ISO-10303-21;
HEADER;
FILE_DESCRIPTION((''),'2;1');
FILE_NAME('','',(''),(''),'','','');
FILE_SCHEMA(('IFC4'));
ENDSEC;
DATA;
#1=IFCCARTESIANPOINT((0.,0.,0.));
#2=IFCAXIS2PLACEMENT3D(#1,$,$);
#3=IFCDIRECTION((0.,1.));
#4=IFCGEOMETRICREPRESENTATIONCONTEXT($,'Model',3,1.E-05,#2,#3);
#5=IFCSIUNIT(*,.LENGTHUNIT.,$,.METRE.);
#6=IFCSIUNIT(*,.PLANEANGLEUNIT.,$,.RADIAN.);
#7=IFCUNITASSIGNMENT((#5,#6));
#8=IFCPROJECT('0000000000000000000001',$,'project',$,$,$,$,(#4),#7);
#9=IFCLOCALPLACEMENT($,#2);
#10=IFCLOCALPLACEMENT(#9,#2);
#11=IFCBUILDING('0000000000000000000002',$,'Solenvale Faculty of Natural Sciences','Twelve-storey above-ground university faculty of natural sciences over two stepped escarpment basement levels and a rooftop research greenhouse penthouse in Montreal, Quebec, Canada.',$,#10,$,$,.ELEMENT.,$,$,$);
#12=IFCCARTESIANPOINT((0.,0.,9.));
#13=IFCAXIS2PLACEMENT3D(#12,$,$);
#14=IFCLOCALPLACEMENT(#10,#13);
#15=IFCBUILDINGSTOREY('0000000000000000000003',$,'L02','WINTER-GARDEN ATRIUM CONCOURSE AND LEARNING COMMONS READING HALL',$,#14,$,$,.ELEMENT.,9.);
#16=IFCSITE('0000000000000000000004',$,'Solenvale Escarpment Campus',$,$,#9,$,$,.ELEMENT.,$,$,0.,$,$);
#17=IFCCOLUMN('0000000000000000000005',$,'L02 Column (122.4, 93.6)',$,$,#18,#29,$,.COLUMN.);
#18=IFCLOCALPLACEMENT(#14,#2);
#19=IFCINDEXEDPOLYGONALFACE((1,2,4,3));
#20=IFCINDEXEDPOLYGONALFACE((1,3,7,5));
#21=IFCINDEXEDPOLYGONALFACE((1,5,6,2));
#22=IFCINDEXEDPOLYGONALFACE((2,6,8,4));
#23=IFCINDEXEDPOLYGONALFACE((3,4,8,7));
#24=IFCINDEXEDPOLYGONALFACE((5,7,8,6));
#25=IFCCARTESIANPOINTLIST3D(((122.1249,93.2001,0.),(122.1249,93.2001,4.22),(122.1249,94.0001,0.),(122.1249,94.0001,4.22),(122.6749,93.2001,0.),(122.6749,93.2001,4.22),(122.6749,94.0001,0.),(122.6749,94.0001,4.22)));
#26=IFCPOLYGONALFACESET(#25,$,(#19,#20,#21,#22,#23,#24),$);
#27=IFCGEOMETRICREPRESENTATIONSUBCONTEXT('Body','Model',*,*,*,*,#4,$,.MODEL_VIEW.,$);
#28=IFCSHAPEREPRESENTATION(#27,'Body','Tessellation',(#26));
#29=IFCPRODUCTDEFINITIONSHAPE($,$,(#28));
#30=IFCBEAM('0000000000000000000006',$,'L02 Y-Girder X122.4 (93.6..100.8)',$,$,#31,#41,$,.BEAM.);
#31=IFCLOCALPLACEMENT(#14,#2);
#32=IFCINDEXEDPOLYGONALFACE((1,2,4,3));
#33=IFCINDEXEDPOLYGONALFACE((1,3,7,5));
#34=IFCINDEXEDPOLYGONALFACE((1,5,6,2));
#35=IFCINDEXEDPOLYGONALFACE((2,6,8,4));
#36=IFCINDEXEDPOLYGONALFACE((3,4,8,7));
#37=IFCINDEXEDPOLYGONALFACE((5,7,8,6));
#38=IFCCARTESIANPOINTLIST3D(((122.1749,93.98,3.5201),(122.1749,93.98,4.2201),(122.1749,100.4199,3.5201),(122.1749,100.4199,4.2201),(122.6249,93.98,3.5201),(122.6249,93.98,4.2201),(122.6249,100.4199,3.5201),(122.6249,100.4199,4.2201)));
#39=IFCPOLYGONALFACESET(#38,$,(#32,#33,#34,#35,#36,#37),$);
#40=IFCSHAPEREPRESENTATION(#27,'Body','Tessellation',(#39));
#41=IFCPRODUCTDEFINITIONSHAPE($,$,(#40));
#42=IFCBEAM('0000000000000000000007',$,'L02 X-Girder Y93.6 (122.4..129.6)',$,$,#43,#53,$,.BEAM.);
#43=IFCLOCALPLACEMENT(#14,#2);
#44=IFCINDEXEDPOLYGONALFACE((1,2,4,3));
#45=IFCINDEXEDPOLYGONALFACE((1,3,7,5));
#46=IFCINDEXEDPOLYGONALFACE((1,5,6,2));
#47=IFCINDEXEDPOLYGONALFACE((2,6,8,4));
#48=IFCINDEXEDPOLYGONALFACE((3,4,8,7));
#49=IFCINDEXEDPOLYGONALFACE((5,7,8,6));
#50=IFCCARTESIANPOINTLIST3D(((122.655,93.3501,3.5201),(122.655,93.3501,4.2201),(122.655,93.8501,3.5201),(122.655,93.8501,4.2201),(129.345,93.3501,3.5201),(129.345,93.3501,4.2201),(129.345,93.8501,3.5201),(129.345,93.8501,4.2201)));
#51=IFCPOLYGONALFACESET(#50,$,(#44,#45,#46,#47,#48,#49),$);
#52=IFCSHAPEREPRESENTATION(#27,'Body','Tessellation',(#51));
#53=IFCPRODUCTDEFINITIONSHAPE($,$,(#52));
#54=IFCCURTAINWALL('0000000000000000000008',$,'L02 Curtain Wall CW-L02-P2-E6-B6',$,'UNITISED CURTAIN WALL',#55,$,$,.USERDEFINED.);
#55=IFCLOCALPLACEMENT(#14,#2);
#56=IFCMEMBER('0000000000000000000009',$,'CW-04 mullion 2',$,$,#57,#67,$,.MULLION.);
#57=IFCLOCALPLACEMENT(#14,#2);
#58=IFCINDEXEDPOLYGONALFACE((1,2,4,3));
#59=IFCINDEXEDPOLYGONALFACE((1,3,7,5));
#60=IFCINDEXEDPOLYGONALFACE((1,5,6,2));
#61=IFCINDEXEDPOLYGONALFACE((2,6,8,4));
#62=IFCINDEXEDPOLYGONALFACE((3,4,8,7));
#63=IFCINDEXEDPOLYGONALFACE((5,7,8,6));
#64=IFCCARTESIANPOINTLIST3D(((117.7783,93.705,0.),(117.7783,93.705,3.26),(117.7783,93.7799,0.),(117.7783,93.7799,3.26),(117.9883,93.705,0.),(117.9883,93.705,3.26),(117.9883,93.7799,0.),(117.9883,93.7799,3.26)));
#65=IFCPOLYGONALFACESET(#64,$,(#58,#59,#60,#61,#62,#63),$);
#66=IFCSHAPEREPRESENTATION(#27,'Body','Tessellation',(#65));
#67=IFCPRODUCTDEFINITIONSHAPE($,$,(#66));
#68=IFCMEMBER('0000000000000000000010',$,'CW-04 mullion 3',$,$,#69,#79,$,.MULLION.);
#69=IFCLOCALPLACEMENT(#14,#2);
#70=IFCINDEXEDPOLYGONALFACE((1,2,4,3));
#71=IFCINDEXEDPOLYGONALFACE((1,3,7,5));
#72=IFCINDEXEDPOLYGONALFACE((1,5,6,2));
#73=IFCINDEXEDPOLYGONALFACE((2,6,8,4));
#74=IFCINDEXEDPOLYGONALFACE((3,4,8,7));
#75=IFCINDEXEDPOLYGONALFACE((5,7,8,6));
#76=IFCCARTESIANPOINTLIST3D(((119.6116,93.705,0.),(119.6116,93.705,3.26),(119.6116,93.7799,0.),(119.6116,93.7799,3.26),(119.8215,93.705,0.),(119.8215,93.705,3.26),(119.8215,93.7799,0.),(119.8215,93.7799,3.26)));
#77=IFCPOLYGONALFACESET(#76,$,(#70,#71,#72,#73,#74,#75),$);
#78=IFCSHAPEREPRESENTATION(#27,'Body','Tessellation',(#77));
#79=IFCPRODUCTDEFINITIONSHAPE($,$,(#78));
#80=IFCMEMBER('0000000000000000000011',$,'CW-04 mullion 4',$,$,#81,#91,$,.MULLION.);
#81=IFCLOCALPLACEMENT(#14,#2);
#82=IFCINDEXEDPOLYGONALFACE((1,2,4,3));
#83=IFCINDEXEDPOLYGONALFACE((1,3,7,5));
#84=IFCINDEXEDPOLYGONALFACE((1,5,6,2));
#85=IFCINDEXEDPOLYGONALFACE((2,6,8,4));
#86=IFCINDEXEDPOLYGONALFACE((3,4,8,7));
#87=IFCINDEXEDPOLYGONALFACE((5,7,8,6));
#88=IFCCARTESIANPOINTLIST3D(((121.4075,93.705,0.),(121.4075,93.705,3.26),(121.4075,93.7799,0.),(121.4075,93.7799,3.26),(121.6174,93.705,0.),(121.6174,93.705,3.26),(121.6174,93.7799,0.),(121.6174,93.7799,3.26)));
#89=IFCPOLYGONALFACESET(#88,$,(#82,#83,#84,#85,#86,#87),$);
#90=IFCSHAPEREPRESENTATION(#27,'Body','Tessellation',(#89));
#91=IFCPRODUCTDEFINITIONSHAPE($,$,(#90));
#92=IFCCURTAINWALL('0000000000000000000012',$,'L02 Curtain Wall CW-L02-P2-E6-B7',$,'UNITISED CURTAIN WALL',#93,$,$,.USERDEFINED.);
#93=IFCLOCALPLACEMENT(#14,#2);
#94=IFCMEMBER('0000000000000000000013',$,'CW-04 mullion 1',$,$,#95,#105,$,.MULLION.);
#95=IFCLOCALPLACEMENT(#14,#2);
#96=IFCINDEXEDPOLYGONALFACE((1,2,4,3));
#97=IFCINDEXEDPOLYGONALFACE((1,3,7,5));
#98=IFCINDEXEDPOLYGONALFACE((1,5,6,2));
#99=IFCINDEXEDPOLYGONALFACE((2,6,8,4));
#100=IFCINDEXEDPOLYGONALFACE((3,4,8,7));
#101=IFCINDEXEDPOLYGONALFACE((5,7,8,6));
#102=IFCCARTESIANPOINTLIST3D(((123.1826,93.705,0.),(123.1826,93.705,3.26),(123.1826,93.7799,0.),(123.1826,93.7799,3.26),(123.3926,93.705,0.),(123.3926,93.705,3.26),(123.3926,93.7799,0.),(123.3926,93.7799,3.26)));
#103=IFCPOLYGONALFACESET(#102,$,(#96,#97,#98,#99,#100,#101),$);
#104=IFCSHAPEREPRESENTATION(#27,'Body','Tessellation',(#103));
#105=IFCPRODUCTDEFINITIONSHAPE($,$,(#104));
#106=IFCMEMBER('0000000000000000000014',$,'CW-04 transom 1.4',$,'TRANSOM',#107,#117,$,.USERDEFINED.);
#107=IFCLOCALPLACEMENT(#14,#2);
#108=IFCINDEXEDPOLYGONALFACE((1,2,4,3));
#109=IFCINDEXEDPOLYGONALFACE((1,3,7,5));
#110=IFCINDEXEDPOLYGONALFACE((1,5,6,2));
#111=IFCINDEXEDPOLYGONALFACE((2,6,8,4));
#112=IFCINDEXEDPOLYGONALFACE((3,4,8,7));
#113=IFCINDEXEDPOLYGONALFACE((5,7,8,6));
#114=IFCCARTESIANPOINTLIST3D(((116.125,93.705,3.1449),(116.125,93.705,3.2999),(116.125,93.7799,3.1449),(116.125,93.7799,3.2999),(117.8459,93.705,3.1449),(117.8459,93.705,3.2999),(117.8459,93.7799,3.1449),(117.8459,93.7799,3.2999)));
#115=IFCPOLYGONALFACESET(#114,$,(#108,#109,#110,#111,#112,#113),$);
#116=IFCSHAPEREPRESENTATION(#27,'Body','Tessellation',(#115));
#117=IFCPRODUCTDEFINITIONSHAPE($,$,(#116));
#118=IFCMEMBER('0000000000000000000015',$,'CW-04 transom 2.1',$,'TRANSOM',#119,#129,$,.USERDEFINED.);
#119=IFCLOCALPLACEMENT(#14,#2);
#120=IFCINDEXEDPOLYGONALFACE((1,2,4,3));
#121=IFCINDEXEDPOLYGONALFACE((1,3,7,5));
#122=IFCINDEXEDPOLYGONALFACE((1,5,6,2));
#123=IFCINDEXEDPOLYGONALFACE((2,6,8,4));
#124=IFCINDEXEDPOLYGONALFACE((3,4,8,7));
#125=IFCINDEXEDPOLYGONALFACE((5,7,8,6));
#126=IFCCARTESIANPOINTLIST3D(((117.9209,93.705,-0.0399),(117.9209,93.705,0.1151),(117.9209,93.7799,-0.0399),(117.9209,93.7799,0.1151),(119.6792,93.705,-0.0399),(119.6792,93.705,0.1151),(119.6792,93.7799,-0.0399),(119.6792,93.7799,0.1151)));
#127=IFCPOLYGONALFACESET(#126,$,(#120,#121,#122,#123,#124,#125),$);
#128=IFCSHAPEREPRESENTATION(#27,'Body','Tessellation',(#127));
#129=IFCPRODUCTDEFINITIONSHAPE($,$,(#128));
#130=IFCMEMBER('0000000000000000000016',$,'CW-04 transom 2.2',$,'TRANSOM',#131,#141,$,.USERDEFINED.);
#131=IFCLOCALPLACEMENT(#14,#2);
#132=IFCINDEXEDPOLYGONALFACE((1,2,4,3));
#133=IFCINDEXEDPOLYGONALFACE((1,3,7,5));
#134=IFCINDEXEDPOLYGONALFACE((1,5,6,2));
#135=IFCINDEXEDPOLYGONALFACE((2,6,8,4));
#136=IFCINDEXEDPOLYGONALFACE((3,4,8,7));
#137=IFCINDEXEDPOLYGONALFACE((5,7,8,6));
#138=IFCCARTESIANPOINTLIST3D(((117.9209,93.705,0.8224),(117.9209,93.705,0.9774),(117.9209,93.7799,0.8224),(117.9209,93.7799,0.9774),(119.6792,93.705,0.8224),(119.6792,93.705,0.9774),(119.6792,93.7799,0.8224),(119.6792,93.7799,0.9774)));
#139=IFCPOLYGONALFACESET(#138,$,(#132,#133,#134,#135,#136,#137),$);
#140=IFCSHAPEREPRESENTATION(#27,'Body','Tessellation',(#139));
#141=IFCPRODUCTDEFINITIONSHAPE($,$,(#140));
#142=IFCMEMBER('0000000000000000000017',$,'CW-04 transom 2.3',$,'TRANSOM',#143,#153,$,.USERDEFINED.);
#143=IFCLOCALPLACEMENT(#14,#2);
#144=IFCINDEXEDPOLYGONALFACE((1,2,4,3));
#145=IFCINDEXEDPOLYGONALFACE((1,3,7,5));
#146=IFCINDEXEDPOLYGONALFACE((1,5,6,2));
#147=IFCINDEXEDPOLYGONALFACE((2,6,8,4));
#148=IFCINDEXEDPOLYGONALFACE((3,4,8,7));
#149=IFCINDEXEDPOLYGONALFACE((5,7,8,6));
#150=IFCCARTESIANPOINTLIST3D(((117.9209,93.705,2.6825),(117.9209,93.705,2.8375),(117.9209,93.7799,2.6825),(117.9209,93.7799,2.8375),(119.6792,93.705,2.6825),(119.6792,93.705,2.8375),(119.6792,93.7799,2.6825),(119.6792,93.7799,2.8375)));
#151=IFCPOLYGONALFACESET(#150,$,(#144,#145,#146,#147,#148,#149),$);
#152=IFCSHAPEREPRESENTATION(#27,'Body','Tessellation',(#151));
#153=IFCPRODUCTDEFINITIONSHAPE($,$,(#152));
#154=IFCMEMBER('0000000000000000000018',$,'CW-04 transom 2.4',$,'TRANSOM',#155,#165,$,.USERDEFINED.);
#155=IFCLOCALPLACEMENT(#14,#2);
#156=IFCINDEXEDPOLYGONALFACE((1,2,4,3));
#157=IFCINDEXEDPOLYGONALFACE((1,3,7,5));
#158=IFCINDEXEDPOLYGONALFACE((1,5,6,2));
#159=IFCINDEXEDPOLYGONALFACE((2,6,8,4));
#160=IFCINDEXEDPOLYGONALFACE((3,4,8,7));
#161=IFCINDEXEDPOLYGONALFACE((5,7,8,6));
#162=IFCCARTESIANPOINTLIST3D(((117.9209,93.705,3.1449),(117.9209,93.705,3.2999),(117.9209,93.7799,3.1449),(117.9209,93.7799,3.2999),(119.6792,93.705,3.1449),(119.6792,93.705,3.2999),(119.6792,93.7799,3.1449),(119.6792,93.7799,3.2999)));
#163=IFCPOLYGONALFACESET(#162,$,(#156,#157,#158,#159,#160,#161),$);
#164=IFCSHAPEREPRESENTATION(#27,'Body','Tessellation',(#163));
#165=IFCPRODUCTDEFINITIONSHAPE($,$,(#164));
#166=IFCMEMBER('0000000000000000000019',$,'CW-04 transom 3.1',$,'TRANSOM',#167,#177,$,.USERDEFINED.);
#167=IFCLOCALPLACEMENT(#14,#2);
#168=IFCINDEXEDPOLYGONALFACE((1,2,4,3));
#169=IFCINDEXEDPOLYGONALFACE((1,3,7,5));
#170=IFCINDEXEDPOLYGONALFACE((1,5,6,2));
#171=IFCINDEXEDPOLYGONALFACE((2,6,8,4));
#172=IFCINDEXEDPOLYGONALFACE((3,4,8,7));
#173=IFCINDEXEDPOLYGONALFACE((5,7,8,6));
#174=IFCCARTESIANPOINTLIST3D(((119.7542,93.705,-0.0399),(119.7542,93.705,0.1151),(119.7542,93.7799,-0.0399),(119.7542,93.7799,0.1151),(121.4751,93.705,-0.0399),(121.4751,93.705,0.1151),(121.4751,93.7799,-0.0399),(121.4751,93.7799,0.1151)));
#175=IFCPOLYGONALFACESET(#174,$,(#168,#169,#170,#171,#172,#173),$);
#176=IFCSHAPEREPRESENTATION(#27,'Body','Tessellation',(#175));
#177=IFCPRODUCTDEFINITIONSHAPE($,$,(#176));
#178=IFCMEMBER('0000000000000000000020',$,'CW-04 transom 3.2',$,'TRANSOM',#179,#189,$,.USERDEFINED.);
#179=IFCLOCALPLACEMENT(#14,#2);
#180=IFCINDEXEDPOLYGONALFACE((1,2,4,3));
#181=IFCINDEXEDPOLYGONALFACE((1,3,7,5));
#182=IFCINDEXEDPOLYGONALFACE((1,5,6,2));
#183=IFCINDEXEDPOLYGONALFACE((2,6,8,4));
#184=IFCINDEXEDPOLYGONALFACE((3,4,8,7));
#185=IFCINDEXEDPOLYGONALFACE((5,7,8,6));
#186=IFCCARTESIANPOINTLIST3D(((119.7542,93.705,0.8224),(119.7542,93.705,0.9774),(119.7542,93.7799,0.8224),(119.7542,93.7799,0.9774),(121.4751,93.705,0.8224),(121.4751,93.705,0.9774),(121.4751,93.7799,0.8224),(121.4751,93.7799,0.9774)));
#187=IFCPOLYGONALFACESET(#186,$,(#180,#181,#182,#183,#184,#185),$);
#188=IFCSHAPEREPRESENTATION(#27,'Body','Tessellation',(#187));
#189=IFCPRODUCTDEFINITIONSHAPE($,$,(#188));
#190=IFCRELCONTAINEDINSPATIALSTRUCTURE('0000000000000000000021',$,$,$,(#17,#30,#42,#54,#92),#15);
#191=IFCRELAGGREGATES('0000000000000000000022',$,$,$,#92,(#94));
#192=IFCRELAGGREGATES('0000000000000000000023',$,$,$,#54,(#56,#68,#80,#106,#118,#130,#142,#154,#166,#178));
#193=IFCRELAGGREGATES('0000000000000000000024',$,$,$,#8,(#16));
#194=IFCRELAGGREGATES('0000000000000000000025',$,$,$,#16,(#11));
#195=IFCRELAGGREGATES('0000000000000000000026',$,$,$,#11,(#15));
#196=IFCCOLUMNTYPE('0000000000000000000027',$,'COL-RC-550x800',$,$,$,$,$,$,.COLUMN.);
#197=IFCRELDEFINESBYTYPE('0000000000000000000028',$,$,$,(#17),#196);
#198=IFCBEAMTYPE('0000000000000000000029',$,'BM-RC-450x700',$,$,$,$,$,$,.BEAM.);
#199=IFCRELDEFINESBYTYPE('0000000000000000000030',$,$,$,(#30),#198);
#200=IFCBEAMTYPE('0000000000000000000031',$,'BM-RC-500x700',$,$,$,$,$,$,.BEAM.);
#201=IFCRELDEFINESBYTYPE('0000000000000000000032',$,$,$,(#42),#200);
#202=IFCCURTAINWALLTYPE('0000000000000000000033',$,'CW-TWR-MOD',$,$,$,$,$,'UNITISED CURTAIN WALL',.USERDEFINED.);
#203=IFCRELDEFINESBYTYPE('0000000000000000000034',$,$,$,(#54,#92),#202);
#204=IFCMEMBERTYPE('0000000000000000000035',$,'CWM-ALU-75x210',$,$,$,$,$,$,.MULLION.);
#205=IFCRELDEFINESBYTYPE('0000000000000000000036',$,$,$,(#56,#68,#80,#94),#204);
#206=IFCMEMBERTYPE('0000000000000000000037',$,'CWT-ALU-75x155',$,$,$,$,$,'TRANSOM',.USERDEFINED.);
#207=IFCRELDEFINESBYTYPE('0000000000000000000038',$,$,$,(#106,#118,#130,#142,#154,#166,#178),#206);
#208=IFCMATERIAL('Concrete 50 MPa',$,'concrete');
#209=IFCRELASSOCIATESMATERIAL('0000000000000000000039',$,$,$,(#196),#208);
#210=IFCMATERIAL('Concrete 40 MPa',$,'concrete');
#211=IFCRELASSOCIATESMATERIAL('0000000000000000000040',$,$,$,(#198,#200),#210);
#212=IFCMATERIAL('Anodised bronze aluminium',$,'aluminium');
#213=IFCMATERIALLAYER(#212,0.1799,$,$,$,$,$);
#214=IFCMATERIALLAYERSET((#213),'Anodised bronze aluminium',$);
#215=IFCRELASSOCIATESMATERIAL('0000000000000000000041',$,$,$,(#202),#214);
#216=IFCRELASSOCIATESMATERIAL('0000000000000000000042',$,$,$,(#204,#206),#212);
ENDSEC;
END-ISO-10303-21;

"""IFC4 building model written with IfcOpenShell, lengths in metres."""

from ifc_helpers import new_model, si_unit, direction, frame, origin, origin_2d, place, context, subcontext, project, spatial, rectangle, extrude, material, layer, layer_set, material_profile, profile_set, type_object, element, aggregate, save


model = new_model("IFC4")

# Units and contexts
model_context = context("Model", 3, precision=1e-05, world=origin(), true_north=direction((0.0, 1.0)))
body_context = subcontext(model_context, "Body", "Model", "MODEL_VIEW")
ifc_project = project(units=[si_unit("LENGTHUNIT", "METRE"), si_unit("PLANEANGLEUNIT", "RADIAN")], contexts=[model_context])

# Site, building, storey
site_placement = place(None, origin())
site = spatial("IfcSite", under=ifc_project, at=site_placement, Name="Solenvale Escarpment Campus", CompositionType="ELEMENT", RefElevation=0.0)
building_placement = place(site_placement, origin())
building = spatial("IfcBuilding", under=site, at=building_placement, Name="Solenvale Faculty of Natural Sciences", Description="Twelve-storey above-ground university faculty of natural sciences over two stepped escarpment basement levels and a rooftop research greenhouse penthouse in Montreal, Quebec, Canada.", CompositionType="ELEMENT")
storey_placement = place(building_placement, frame((0.0, 0.0, 9.0)))
storey = spatial("IfcBuildingStorey", under=building, at=storey_placement, Name="L02", Description="WINTER-GARDEN ATRIUM CONCOURSE AND LEARNING COMMONS READING HALL", CompositionType="ELEMENT", Elevation=9.0)

# Column
ifc_material_1 = material(Name="Concrete 50 MPa", Category="concrete")
ifc_material_profile_1 = material_profile(ifc_material_1, rectangle(XDim=0.55, YDim=0.8, at=origin_2d()), Name="RC-COL-550x800")
ifc_profile_set_1 = profile_set([ifc_material_profile_1], Name="Concrete 50 MPa")
column_type = type_object("IfcColumnType", Name="COL-RC-550x800", PredefinedType="COLUMN", material=ifc_profile_set_1)
column_placement = place(storey_placement, frame((122.3999, 93.6001, 0.0), z_axis=(0.0, 0.0, 1.0), x_axis=(1.0, 0.0, 0.0)))
element("IfcColumn", 1, at=column_placement, inside=storey, type_object=column_type, Name="L02 Column (122.4, 93.6)", PredefinedType="COLUMN", context=body_context, shape_type="SweptSolid", body=[
    extrude(rectangle(XDim=0.55, YDim=0.8, at=origin_2d()), origin(), (0.0, 0.0, 1.0), 4.22),
])

# Beams
ifc_material_2 = material(Name="Concrete 40 MPa", Category="concrete")
ifc_material_profile_2 = material_profile(ifc_material_2, rectangle(XDim=0.45, YDim=0.7, at=origin_2d()), Name="RC-BM-450x700")
ifc_profile_set_2 = profile_set([ifc_material_profile_2], Name="Concrete 40 MPa")
beam_type_1 = type_object("IfcBeamType", Name="BM-RC-450x700", PredefinedType="BEAM", material=ifc_profile_set_2)
beam_1_placement = place(storey_placement, frame((122.3999, 93.98, 3.8701), z_axis=(0.0, 1.0, 0.0), x_axis=(-1.0, 0.0, 0.0)))
element("IfcBeam", 2, at=beam_1_placement, inside=storey, type_object=beam_type_1, Name="L02 Y-Girder X122.4 (93.6..100.8)", PredefinedType="BEAM", context=body_context, shape_type="SweptSolid", body=[
    extrude(rectangle(XDim=0.45, YDim=0.7, at=origin_2d()), origin(), (0.0, 0.0, 1.0), 6.4399),
])
ifc_material_profile_3 = material_profile(ifc_material_2, rectangle(XDim=0.5, YDim=0.7, at=origin_2d()), Name="RC-BM-500x700")
ifc_profile_set_3 = profile_set([ifc_material_profile_3], Name="Concrete 40 MPa")
beam_type_2 = type_object("IfcBeamType", Name="BM-RC-500x700", PredefinedType="BEAM", material=ifc_profile_set_3)
beam_2_placement = place(storey_placement, frame((122.655, 93.6001, 3.8701), z_axis=(1.0, 0.0, 0.0), x_axis=(0.0, 1.0, 0.0)))
element("IfcBeam", 3, at=beam_2_placement, inside=storey, type_object=beam_type_2, Name="L02 X-Girder Y93.6 (122.4..129.6)", PredefinedType="BEAM", context=body_context, shape_type="SweptSolid", body=[
    extrude(rectangle(XDim=0.5, YDim=0.7, at=origin_2d()), origin(), (0.0, 0.0, 1.0), 6.6899),
])

# Curtain wall, members
ifc_material_3 = material(Name="Anodised bronze aluminium", Category="aluminium")
ifc_layer_1 = layer(ifc_material_3, 0.1799)
ifc_layer_set_1 = layer_set([ifc_layer_1], Name="Anodised bronze aluminium")
curtain_wall_type = type_object("IfcCurtainWallType", Name="CW-TWR-MOD", ElementType="UNITISED CURTAIN WALL", PredefinedType="USERDEFINED", material=ifc_layer_set_1)
curtain_wall_1_placement = place(storey_placement, origin())
curtain_wall_1 = element("IfcCurtainWall", 4, at=curtain_wall_1_placement, inside=storey, type_object=curtain_wall_type, Name="L02 Curtain Wall CW-L02-P2-E6-B6", ObjectType="UNITISED CURTAIN WALL", PredefinedType="USERDEFINED")
ifc_material_profile_4 = material_profile(ifc_material_3, rectangle(XDim=0.075, YDim=0.21, at=origin_2d()), Name="ALU-MUL-75x210")
ifc_profile_set_4 = profile_set([ifc_material_profile_4], Name="Anodised bronze aluminium")
member_type_1 = type_object("IfcMemberType", Name="CWM-ALU-75x210", PredefinedType="MULLION", material=ifc_profile_set_4)
member_1_placement = place(storey_placement, frame((117.8833, 93.7424, 0.0), z_axis=(0.0, 0.0, 1.0), x_axis=(0.0, 1.0, 0.0)))
member_1 = element("IfcMember", 5, at=member_1_placement, type_object=member_type_1, Name="CW-04 mullion 2", PredefinedType="MULLION", context=body_context, shape_type="SweptSolid", body=[
    extrude(rectangle(XDim=0.075, YDim=0.21, at=origin_2d()), origin(), (0.0, 0.0, 1.0), 3.26),
])
member_2_placement = place(storey_placement, frame((119.7166, 93.7424, 0.0), z_axis=(0.0, 0.0, 1.0), x_axis=(0.0, 1.0, 0.0)))
member_2 = element("IfcMember", 6, at=member_2_placement, type_object=member_type_1, Name="CW-04 mullion 3", PredefinedType="MULLION", context=body_context, shape_type="SweptSolid", body=[
    extrude(rectangle(XDim=0.075, YDim=0.21, at=origin_2d()), origin(), (0.0, 0.0, 1.0), 3.26),
])
member_3_placement = place(storey_placement, frame((121.5125, 93.7424, 0.0), z_axis=(0.0, 0.0, 1.0), x_axis=(0.0, 1.0, 0.0)))
member_3 = element("IfcMember", 7, at=member_3_placement, type_object=member_type_1, Name="CW-04 mullion 4", PredefinedType="MULLION", context=body_context, shape_type="SweptSolid", body=[
    extrude(rectangle(XDim=0.075, YDim=0.21, at=origin_2d()), origin(), (0.0, 0.0, 1.0), 3.26),
])

# Curtain wall, member
curtain_wall_2_placement = place(storey_placement, origin())
curtain_wall_2 = element("IfcCurtainWall", 8, at=curtain_wall_2_placement, inside=storey, type_object=curtain_wall_type, Name="L02 Curtain Wall CW-L02-P2-E6-B7", ObjectType="UNITISED CURTAIN WALL", PredefinedType="USERDEFINED")
member_4_placement = place(storey_placement, frame((123.2876, 93.7424, 0.0), z_axis=(0.0, 0.0, 1.0), x_axis=(0.0, 1.0, 0.0)))
member_4 = element("IfcMember", 9, at=member_4_placement, type_object=member_type_1, Name="CW-04 mullion 1", PredefinedType="MULLION", context=body_context, shape_type="SweptSolid", body=[
    extrude(rectangle(XDim=0.075, YDim=0.21, at=origin_2d()), origin(), (0.0, 0.0, 1.0), 3.26),
])

# Members
ifc_material_profile_5 = material_profile(ifc_material_3, rectangle(XDim=0.075, YDim=0.155, at=origin_2d()), Name="ALU-TRN-75x155")
ifc_profile_set_5 = profile_set([ifc_material_profile_5], Name="Anodised bronze aluminium")
member_type_2 = type_object("IfcMemberType", Name="CWT-ALU-75x155", ElementType="TRANSOM", PredefinedType="USERDEFINED", material=ifc_profile_set_5)
member_5_placement = place(storey_placement, frame((116.125, 93.7424, 3.2224), z_axis=(1.0, 0.0, 0.0), x_axis=(0.0, 1.0, 0.0)))
member_5 = element("IfcMember", 10, at=member_5_placement, type_object=member_type_2, Name="CW-04 transom 1.4", ObjectType="TRANSOM", PredefinedType="USERDEFINED", context=body_context, shape_type="SweptSolid", body=[
    extrude(rectangle(XDim=0.075, YDim=0.155, at=origin_2d()), origin(), (0.0, 0.0, 1.0), 1.7209),
])
member_6_placement = place(storey_placement, frame((117.9209, 93.7424, 0.0376), z_axis=(1.0, 0.0, 0.0), x_axis=(0.0, 1.0, 0.0)))
member_6 = element("IfcMember", 11, at=member_6_placement, type_object=member_type_2, Name="CW-04 transom 2.1", ObjectType="TRANSOM", PredefinedType="USERDEFINED", context=body_context, shape_type="SweptSolid", body=[
    extrude(rectangle(XDim=0.075, YDim=0.155, at=origin_2d()), origin(), (0.0, 0.0, 1.0), 1.7583),
])
member_7_placement = place(storey_placement, frame((117.9209, 93.7424, 0.8999), z_axis=(1.0, 0.0, 0.0), x_axis=(0.0, 1.0, 0.0)))
member_7 = element("IfcMember", 12, at=member_7_placement, type_object=member_type_2, Name="CW-04 transom 2.2", ObjectType="TRANSOM", PredefinedType="USERDEFINED", context=body_context, shape_type="SweptSolid", body=[
    extrude(rectangle(XDim=0.075, YDim=0.155, at=origin_2d()), origin(), (0.0, 0.0, 1.0), 1.7583),
])
member_8_placement = place(storey_placement, frame((117.9209, 93.7424, 2.76), z_axis=(1.0, 0.0, 0.0), x_axis=(0.0, 1.0, 0.0)))
member_8 = element("IfcMember", 13, at=member_8_placement, type_object=member_type_2, Name="CW-04 transom 2.3", ObjectType="TRANSOM", PredefinedType="USERDEFINED", context=body_context, shape_type="SweptSolid", body=[
    extrude(rectangle(XDim=0.075, YDim=0.155, at=origin_2d()), origin(), (0.0, 0.0, 1.0), 1.7583),
])
member_9_placement = place(storey_placement, frame((117.9209, 93.7424, 3.2224), z_axis=(1.0, 0.0, 0.0), x_axis=(0.0, 1.0, 0.0)))
member_9 = element("IfcMember", 14, at=member_9_placement, type_object=member_type_2, Name="CW-04 transom 2.4", ObjectType="TRANSOM", PredefinedType="USERDEFINED", context=body_context, shape_type="SweptSolid", body=[
    extrude(rectangle(XDim=0.075, YDim=0.155, at=origin_2d()), origin(), (0.0, 0.0, 1.0), 1.7583),
])
member_10_placement = place(storey_placement, frame((119.7542, 93.7424, 0.0376), z_axis=(1.0, 0.0, 0.0), x_axis=(0.0, 1.0, 0.0)))
member_10 = element("IfcMember", 15, at=member_10_placement, type_object=member_type_2, Name="CW-04 transom 3.1", ObjectType="TRANSOM", PredefinedType="USERDEFINED", context=body_context, shape_type="SweptSolid", body=[
    extrude(rectangle(XDim=0.075, YDim=0.155, at=origin_2d()), origin(), (0.0, 0.0, 1.0), 1.7209),
])
member_11_placement = place(storey_placement, frame((119.7542, 93.7424, 0.8999), z_axis=(1.0, 0.0, 0.0), x_axis=(0.0, 1.0, 0.0)))
member_11 = element("IfcMember", 16, at=member_11_placement, type_object=member_type_2, Name="CW-04 transom 3.2", ObjectType="TRANSOM", PredefinedType="USERDEFINED", context=body_context, shape_type="SweptSolid", body=[
    extrude(rectangle(XDim=0.075, YDim=0.155, at=origin_2d()), origin(), (0.0, 0.0, 1.0), 1.7209),
])
aggregate(curtain_wall_2, [member_4])

aggregate(curtain_wall_1, [member_1, member_2, member_3, member_5, member_6, member_7, member_8, member_9, member_10, member_11])

save(model, "model.ifc")
